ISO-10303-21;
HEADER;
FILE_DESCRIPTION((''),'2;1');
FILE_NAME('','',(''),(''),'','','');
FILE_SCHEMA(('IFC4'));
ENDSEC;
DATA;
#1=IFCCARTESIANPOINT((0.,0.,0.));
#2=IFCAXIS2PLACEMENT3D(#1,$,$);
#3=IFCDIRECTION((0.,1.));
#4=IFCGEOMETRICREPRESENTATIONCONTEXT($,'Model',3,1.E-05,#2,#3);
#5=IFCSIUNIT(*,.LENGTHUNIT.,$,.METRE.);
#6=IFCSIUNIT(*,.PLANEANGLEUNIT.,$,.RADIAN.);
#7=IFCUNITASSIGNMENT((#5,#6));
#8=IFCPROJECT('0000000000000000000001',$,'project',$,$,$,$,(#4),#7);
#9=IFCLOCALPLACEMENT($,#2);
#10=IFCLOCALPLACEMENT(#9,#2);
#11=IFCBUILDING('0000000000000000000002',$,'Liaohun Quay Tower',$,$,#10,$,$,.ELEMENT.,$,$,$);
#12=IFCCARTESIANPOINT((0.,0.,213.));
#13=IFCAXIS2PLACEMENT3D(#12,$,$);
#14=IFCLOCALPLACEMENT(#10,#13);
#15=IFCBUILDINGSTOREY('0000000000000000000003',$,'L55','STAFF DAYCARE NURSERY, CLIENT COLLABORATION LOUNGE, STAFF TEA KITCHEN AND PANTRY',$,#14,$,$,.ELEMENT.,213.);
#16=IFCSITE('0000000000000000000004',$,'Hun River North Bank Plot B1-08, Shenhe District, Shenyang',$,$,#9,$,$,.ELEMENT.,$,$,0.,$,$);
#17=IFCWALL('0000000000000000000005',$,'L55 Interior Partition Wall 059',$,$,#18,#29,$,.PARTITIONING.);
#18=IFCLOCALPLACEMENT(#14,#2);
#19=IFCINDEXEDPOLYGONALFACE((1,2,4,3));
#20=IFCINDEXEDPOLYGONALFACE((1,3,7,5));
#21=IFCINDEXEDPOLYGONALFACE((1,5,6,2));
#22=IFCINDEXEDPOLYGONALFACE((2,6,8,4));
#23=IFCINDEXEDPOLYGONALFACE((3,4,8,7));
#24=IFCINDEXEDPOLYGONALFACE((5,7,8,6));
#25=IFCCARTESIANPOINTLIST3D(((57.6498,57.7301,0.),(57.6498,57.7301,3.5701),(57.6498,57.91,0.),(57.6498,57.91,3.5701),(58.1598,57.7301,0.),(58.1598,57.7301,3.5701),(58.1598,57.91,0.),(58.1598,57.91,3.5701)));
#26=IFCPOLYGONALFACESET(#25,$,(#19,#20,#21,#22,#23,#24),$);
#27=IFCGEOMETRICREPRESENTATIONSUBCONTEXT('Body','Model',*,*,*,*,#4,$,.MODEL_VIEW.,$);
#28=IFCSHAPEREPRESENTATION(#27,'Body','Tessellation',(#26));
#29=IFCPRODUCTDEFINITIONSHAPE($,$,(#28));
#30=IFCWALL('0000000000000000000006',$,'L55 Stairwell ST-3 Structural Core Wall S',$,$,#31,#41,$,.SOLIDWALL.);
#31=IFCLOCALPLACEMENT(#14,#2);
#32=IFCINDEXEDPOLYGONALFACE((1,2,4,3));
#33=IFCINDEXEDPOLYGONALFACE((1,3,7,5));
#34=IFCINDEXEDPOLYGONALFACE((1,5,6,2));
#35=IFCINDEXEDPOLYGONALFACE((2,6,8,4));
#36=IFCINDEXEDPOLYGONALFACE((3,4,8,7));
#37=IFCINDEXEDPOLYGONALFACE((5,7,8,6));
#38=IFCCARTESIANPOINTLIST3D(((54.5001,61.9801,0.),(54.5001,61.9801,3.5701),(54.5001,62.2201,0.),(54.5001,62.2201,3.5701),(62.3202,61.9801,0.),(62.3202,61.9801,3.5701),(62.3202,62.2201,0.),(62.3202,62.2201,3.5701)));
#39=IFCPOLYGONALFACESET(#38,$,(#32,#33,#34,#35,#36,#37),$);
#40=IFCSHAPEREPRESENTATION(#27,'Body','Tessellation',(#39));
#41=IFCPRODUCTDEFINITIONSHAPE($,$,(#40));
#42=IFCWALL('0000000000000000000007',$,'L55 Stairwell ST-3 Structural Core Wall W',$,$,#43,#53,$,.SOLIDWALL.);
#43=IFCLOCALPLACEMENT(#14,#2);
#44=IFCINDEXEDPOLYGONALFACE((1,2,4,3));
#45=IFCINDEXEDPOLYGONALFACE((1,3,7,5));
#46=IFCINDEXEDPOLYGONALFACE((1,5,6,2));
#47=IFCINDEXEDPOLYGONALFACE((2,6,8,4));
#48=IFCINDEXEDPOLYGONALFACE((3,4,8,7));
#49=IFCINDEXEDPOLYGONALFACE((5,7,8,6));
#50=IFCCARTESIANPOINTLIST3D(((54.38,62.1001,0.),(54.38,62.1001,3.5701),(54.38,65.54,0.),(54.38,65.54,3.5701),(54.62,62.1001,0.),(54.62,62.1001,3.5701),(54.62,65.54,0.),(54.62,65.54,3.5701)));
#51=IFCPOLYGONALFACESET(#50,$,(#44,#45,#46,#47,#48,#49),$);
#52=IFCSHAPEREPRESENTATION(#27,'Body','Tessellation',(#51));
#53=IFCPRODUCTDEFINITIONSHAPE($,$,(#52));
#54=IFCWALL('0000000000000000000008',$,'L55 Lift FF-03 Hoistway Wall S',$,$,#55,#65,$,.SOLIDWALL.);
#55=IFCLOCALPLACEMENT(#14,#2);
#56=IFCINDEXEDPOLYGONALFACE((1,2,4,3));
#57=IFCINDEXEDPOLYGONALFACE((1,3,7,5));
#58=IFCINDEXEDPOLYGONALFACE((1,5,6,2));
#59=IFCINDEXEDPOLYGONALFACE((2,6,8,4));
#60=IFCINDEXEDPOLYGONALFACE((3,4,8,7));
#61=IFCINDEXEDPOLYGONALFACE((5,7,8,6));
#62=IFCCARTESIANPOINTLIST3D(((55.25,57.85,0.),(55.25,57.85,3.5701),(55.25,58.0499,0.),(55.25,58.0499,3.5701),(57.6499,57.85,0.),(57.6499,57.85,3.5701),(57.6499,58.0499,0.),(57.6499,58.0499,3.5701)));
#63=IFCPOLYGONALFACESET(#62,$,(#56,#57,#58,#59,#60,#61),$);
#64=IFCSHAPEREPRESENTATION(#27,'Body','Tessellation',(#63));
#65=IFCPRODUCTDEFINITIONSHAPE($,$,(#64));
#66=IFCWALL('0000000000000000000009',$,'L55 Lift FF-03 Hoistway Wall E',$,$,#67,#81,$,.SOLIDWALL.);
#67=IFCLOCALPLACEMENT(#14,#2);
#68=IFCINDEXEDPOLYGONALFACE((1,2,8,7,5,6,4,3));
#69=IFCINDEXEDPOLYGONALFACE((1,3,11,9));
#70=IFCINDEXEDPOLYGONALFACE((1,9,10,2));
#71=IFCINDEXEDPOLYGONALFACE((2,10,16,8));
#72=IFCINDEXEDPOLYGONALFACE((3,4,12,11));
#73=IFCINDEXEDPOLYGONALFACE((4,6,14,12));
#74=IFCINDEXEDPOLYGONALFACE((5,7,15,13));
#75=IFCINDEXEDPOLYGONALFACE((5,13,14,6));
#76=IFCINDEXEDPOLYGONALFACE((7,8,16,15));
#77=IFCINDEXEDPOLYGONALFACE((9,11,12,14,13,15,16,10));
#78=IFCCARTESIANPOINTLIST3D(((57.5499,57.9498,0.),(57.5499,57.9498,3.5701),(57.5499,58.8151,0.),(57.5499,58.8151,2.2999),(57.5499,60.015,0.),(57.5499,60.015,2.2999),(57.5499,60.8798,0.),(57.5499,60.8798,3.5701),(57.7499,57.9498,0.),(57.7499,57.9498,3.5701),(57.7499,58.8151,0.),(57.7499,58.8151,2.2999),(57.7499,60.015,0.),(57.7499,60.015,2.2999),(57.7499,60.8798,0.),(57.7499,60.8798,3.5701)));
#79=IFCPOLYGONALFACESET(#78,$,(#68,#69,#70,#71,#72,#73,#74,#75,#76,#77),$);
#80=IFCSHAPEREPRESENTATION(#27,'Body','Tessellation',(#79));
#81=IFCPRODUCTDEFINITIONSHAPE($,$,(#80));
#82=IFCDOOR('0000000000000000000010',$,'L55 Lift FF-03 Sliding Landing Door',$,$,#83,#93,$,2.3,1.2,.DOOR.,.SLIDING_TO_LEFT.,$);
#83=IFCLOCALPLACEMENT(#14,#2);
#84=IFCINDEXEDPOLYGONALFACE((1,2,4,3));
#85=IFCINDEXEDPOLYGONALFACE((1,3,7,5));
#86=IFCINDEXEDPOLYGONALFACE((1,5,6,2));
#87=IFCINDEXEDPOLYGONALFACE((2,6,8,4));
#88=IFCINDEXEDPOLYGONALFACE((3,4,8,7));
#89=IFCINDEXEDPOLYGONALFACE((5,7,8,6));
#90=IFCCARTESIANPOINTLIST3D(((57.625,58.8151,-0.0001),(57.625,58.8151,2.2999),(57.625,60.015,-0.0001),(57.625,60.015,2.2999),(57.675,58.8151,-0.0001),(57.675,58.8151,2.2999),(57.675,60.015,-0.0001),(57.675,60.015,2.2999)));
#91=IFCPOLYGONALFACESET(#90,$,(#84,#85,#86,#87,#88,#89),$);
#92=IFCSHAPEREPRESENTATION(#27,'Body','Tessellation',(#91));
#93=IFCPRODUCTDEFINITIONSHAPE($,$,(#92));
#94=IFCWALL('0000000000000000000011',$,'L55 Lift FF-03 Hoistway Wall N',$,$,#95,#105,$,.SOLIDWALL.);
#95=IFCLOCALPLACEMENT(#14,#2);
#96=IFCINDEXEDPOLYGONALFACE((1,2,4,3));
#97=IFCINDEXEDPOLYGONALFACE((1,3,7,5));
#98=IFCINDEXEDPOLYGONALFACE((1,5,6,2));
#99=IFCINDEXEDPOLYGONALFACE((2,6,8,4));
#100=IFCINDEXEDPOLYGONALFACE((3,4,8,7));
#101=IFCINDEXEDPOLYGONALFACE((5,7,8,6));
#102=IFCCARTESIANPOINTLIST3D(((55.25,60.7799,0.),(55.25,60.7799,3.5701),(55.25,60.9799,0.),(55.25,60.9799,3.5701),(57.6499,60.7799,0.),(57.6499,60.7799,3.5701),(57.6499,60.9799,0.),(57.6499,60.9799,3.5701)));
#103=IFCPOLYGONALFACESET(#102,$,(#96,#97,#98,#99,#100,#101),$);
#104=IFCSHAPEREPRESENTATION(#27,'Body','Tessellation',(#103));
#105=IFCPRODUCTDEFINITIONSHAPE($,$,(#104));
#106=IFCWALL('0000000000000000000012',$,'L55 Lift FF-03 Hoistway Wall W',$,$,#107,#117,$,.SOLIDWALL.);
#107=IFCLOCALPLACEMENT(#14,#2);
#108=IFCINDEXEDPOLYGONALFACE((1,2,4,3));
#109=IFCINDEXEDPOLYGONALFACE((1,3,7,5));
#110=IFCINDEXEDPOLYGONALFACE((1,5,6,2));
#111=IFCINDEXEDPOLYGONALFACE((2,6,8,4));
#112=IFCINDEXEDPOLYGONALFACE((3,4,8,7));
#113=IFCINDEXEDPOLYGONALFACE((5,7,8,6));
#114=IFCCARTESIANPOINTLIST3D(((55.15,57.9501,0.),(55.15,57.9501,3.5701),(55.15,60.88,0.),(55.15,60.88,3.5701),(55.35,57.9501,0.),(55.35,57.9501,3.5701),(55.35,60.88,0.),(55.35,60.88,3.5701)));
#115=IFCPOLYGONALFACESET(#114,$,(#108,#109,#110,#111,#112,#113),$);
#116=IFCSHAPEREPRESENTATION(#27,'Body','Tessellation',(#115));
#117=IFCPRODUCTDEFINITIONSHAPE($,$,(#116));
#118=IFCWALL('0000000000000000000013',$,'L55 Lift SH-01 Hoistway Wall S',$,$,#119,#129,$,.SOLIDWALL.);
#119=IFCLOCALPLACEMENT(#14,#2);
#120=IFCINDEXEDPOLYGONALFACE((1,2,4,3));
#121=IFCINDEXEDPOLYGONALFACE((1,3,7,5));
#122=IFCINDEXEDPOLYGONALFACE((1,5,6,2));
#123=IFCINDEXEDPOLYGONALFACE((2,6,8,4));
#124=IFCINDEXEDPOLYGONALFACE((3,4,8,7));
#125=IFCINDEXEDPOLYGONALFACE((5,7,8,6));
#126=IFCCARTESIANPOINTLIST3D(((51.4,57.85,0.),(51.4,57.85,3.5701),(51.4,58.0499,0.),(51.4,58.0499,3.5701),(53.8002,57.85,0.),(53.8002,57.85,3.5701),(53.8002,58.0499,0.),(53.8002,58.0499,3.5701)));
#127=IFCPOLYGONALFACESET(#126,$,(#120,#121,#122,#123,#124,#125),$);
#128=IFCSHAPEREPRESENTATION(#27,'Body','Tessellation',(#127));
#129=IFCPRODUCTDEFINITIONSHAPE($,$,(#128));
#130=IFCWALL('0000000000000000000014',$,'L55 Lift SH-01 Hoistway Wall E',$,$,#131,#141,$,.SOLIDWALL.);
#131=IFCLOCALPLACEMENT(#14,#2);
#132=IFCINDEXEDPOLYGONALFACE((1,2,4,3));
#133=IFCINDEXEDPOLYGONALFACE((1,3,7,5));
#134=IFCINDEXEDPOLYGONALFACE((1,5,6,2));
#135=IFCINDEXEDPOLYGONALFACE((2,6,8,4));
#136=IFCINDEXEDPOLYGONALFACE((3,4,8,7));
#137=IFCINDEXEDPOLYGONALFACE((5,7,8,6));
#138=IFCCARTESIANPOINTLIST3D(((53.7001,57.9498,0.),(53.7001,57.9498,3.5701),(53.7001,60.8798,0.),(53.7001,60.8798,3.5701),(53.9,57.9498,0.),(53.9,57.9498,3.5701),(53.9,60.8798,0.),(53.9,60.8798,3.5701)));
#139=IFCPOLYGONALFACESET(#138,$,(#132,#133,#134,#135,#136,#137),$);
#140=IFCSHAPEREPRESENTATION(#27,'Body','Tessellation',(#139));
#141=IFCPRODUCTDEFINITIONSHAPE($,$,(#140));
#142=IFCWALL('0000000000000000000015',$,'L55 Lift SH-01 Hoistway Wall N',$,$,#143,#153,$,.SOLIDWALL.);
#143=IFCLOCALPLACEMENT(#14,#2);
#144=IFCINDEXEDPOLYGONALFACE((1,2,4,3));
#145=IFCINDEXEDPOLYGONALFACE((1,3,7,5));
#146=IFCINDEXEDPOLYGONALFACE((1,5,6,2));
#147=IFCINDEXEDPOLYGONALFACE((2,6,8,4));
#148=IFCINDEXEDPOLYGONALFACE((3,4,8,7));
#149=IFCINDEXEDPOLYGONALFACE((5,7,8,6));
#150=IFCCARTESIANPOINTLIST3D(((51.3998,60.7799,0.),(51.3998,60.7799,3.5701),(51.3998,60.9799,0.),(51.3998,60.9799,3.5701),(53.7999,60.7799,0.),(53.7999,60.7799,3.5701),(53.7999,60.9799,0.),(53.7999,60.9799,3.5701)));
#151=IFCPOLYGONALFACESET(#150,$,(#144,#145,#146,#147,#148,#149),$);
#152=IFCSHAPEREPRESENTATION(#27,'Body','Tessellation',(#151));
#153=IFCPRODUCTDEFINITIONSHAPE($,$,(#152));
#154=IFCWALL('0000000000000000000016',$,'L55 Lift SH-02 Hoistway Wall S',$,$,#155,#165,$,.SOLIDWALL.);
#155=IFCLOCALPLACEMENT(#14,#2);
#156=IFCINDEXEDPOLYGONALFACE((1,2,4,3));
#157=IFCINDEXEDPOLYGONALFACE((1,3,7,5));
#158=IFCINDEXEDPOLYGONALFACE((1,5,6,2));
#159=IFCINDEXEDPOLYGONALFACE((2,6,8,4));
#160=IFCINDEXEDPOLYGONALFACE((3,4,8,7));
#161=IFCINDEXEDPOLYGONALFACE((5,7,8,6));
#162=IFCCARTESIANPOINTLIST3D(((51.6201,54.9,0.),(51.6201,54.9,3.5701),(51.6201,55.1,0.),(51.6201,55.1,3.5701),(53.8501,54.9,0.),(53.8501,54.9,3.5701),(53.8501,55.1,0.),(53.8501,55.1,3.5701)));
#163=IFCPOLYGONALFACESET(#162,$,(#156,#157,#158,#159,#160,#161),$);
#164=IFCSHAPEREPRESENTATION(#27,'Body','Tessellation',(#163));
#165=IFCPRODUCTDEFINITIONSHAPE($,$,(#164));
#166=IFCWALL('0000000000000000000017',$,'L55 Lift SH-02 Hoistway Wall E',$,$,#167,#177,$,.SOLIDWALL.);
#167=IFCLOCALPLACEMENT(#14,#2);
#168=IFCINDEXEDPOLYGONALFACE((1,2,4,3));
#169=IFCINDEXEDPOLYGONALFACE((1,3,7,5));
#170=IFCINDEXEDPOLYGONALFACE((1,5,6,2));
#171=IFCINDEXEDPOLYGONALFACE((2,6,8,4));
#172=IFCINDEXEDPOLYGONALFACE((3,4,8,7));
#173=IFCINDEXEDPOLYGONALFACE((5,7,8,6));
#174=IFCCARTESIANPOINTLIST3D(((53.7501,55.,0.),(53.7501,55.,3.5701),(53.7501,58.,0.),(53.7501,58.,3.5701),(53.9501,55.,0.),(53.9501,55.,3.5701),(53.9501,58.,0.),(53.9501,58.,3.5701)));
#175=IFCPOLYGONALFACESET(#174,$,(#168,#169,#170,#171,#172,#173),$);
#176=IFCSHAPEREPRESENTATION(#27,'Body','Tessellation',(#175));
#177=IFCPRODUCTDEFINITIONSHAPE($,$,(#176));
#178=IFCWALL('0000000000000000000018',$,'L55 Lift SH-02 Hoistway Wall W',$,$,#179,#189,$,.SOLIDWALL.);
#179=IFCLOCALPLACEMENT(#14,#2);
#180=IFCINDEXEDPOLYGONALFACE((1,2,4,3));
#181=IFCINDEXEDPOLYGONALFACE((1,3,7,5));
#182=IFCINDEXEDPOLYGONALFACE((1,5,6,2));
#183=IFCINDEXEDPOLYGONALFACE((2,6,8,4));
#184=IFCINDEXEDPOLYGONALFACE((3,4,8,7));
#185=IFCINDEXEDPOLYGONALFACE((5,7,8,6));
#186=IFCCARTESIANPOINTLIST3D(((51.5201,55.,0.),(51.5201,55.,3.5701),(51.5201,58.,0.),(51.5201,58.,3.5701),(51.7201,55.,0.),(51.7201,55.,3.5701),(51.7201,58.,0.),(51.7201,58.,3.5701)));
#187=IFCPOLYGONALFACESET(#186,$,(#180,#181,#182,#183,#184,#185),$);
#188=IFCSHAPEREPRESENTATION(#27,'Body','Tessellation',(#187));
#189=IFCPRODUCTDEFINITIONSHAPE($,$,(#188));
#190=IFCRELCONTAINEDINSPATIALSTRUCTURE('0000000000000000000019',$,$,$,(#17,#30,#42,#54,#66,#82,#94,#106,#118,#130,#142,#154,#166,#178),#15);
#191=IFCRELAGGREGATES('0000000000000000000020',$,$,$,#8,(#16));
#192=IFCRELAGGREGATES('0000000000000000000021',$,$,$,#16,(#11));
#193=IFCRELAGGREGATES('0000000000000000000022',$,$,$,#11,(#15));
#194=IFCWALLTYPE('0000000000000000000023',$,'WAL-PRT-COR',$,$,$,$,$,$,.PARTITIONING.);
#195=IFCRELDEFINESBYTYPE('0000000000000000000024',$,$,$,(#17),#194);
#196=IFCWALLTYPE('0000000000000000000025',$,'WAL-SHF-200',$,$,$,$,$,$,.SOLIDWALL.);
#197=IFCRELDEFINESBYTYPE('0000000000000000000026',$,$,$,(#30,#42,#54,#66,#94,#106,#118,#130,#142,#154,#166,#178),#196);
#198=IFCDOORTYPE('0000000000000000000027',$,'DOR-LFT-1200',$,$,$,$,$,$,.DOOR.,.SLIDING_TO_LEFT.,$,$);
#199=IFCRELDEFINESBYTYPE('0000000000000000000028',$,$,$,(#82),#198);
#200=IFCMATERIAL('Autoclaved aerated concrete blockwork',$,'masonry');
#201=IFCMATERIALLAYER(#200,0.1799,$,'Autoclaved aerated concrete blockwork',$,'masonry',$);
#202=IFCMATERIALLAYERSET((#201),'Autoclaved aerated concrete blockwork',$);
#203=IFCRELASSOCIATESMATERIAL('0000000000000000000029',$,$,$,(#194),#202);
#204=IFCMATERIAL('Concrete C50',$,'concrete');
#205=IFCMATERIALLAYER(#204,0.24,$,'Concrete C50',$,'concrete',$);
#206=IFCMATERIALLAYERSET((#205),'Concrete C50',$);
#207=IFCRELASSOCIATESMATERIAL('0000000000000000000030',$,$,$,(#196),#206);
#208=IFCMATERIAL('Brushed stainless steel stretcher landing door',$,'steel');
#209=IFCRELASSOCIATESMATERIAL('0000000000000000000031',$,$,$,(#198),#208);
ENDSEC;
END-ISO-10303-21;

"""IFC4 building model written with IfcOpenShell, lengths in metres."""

from ifc_helpers import new_model, si_unit, direction, frame, frame_2d, origin, place, context, subcontext, project, spatial, rectangle, extrude, source, transform, mapped, material, layer, layer_set, type_object, element, fill, save


model = new_model("IFC4")

# Units and contexts
model_context = context("Model", 3, precision=1e-05, world=origin(), true_north=direction((0.0, 1.0)))
body_context = subcontext(model_context, "Body", "Model", "MODEL_VIEW")
ifc_project = project(units=[si_unit("LENGTHUNIT", "METRE"), si_unit("PLANEANGLEUNIT", "RADIAN")], contexts=[model_context])

# Site, building, storey
site_placement = place(None, origin())
site = spatial("IfcSite", under=ifc_project, at=site_placement, Name="Hun River North Bank Plot B1-08, Shenhe District, Shenyang", CompositionType="ELEMENT", RefElevation=0.0)
building_placement = place(site_placement, origin())
building = spatial("IfcBuilding", under=site, at=building_placement, Name="Liaohun Quay Tower", CompositionType="ELEMENT")
storey_placement = place(building_placement, frame((0.0, 0.0, 213.0)))
storey = spatial("IfcBuildingStorey", under=building, at=storey_placement, Name="L55", Description="STAFF DAYCARE NURSERY, CLIENT COLLABORATION LOUNGE, STAFF TEA KITCHEN AND PANTRY", CompositionType="ELEMENT", Elevation=213.0)

# Shared definitions
ifc_material_1 = material(Name="Autoclaved aerated concrete blockwork", Category="masonry")
ifc_layer_1 = layer(ifc_material_1, 0.1799, Name="Autoclaved aerated concrete blockwork", Category="masonry")
ifc_layer_set_1 = layer_set([ifc_layer_1], Name="Autoclaved aerated concrete blockwork")
wall_type_1 = type_object("IfcWallType", Name="WAL-PRT-COR", PredefinedType="PARTITIONING", material=ifc_layer_set_1)

# Walls
wall_1_placement = place(storey_placement, frame((57.6499, 57.8201, 0.0), z_axis=(0.0, 0.0, 1.0), x_axis=(1.0, 0.0, 0.0)))
element("IfcWall", 1, at=wall_1_placement, inside=storey, type_object=wall_type_1, Name="L55 Interior Partition Wall 059", PredefinedType="PARTITIONING", context=body_context, shape_type="SweptSolid", body=[
    extrude(rectangle(XDim=0.51, YDim=0.1799, at=frame_2d((0.2549, 0.0))), origin(), (0.0, 0.0, 1.0), 3.5701),
])
ifc_material_2 = material(Name="Concrete C50", Category="concrete")
ifc_layer_2 = layer(ifc_material_2, 0.24, Name="Concrete C50", Category="concrete")
ifc_layer_set_2 = layer_set([ifc_layer_2], Name="Concrete C50")
wall_type_2 = type_object("IfcWallType", Name="WAL-SHF-200", PredefinedType="SOLIDWALL", material=ifc_layer_set_2)
wall_2_placement = place(storey_placement, frame((54.5, 62.1001, 0.0), z_axis=(0.0, 0.0, 1.0), x_axis=(1.0, 0.0, 0.0)))
element("IfcWall", 2, at=wall_2_placement, inside=storey, type_object=wall_type_2, Name="L55 Stairwell ST-3 Structural Core Wall S", PredefinedType="SOLIDWALL", context=body_context, shape_type="SweptSolid", body=[
    extrude(rectangle(XDim=7.8201, YDim=0.24, at=frame_2d((3.9102, 0.0))), origin(), (0.0, 0.0, 1.0), 3.5701),
])
wall_3_placement = place(storey_placement, frame((54.5, 65.54, 0.0), z_axis=(0.0, 0.0, 1.0), x_axis=(0.0, -1.0, 0.0)))
element("IfcWall", 3, at=wall_3_placement, inside=storey, type_object=wall_type_2, Name="L55 Stairwell ST-3 Structural Core Wall W", PredefinedType="SOLIDWALL", context=body_context, shape_type="SweptSolid", body=[
    extrude(rectangle(XDim=3.4399, YDim=0.24, at=frame_2d((1.72, 0.0))), origin(), (0.0, 0.0, 1.0), 3.5701),
])
wall_4_placement = place(storey_placement, frame((55.25, 57.95, 0.0), z_axis=(0.0, 0.0, 1.0), x_axis=(1.0, 0.0, 0.0)))
element("IfcWall", 4, at=wall_4_placement, inside=storey, type_object=wall_type_2, Name="L55 Lift FF-03 Hoistway Wall S", PredefinedType="SOLIDWALL", context=body_context, shape_type="SweptSolid", body=[
    extrude(rectangle(XDim=2.3999, YDim=0.2, at=frame_2d((1.2, 0.0))), origin(), (0.0, 0.0, 1.0), 3.5701),
])

# Wall, opening, door
wall_5_placement = place(storey_placement, frame((57.6499, 57.95, 0.0), z_axis=(0.0, 0.0, 1.0), x_axis=(0.0, 1.0, 0.0)))
wall_5 = element("IfcWall", 5, at=wall_5_placement, inside=storey, type_object=wall_type_2, Name="L55 Lift FF-03 Hoistway Wall E", PredefinedType="SOLIDWALL", context=body_context, shape_type="SweptSolid", body=[
    extrude(rectangle(XDim=2.9299, YDim=0.2, at=frame_2d((1.4648, 0.0))), origin(), (0.0, 0.0, 1.0), 3.5701),
])
shared_shape_1 = source(origin(), body_context, "Body", "SweptSolid", [
    extrude(rectangle(XDim=1.2, YDim=2.3, at=frame_2d((0.6001, 1.1499))), frame((0.0, 0.1099, 0.0), z_axis=(0.0, -1.0, 0.0), x_axis=(1.0, 0.0, 0.0)), (0.0, 0.0, 1.0), 0.22),
])
opening_1_placement = place(wall_5_placement, frame((0.865, 0.0, 0.0)))
opening_1 = element("IfcOpeningElement", 6, at=opening_1_placement, cuts=wall_5, PredefinedType="OPENING", context=body_context, shape_type="MappedRepresentation", body=[
    mapped(shared_shape_1, transform((0.0, 0.0, 0.0), x_axis=(1.0, 0.0, 0.0), y_axis=(0.0, 1.0, 0.0), z_axis=(0.0, 0.0, 1.0), scale=1.0)),
])
ifc_material_3 = material(Name="Brushed stainless steel stretcher landing door", Category="steel")
door_type_1 = type_object("IfcDoorType", Name="DOR-LFT-1200", OperationType="SLIDING_TO_LEFT", PredefinedType="DOOR", material=ifc_material_3)
shared_shape_2 = source(origin(), body_context, "Body", "SweptSolid", [
    extrude(rectangle(XDim=1.2, YDim=2.3, at=frame_2d((0.6001, 1.1499))), frame((0.0, 0.0249, 0.0), z_axis=(0.0, -1.0, 0.0), x_axis=(1.0, 0.0, 0.0)), (0.0, 0.0, 1.0), 0.05),
])
door_1_placement = place(opening_1_placement, origin())
door_1 = element("IfcDoor", 7, at=door_1_placement, inside=storey, type_object=door_type_1, Name="L55 Lift FF-03 Sliding Landing Door", OperationType="SLIDING_TO_LEFT", OverallHeight=2.3, OverallWidth=1.2, PredefinedType="DOOR", context=body_context, shape_type="MappedRepresentation", body=[
    mapped(shared_shape_2, transform((0.0, 0.0, 0.0), x_axis=(1.0, 0.0, 0.0), y_axis=(0.0, 1.0, 0.0), z_axis=(0.0, 0.0, 1.0), scale=1.0)),
])
fill(opening_1, door_1)

# Walls
wall_6_placement = place(storey_placement, frame((57.6499, 60.8799, 0.0), z_axis=(0.0, 0.0, 1.0), x_axis=(-1.0, 0.0, 0.0)))
element("IfcWall", 8, at=wall_6_placement, inside=storey, type_object=wall_type_2, Name="L55 Lift FF-03 Hoistway Wall N", PredefinedType="SOLIDWALL", context=body_context, shape_type="SweptSolid", body=[
    extrude(rectangle(XDim=2.3999, YDim=0.2, at=frame_2d((1.2, 0.0))), origin(), (0.0, 0.0, 1.0), 3.5701),
])
wall_7_placement = place(storey_placement, frame((55.25, 60.8799, 0.0), z_axis=(0.0, 0.0, 1.0), x_axis=(0.0, -1.0, 0.0)))
element("IfcWall", 9, at=wall_7_placement, inside=storey, type_object=wall_type_2, Name="L55 Lift FF-03 Hoistway Wall W", PredefinedType="SOLIDWALL", context=body_context, shape_type="SweptSolid", body=[
    extrude(rectangle(XDim=2.9299, YDim=0.2, at=frame_2d((1.4648, 0.0))), origin(), (0.0, 0.0, 1.0), 3.5701),
])
wall_8_placement = place(storey_placement, frame((51.3999, 57.95, 0.0), z_axis=(0.0, 0.0, 1.0), x_axis=(1.0, 0.0, 0.0)))
element("IfcWall", 10, at=wall_8_placement, inside=storey, type_object=wall_type_2, Name="L55 Lift SH-01 Hoistway Wall S", PredefinedType="SOLIDWALL", context=body_context, shape_type="SweptSolid", body=[
    extrude(rectangle(XDim=2.4001, YDim=0.2, at=frame_2d((1.2002, 0.0))), origin(), (0.0, 0.0, 1.0), 3.5701),
])
wall_9_placement = place(storey_placement, frame((53.8, 57.95, 0.0), z_axis=(0.0, 0.0, 1.0), x_axis=(0.0, 1.0, 0.0)))
element("IfcWall", 11, at=wall_9_placement, inside=storey, type_object=wall_type_2, Name="L55 Lift SH-01 Hoistway Wall E", PredefinedType="SOLIDWALL", context=body_context, shape_type="SweptSolid", body=[
    extrude(rectangle(XDim=2.9299, YDim=0.2, at=frame_2d((1.4648, 0.0))), origin(), (0.0, 0.0, 1.0), 3.5701),
])
wall_10_placement = place(storey_placement, frame((53.8, 60.8799, 0.0), z_axis=(0.0, 0.0, 1.0), x_axis=(-1.0, 0.0, 0.0)))
element("IfcWall", 12, at=wall_10_placement, inside=storey, type_object=wall_type_2, Name="L55 Lift SH-01 Hoistway Wall N", PredefinedType="SOLIDWALL", context=body_context, shape_type="SweptSolid", body=[
    extrude(rectangle(XDim=2.4001, YDim=0.2, at=frame_2d((1.2002, 0.0))), origin(), (0.0, 0.0, 1.0), 3.5701),
])
wall_11_placement = place(storey_placement, frame((51.6201, 55.0, 0.0), z_axis=(0.0, 0.0, 1.0), x_axis=(1.0, 0.0, 0.0)))
element("IfcWall", 13, at=wall_11_placement, inside=storey, type_object=wall_type_2, Name="L55 Lift SH-02 Hoistway Wall S", PredefinedType="SOLIDWALL", context=body_context, shape_type="SweptSolid", body=[
    extrude(rectangle(XDim=2.23, YDim=0.2, at=frame_2d((1.115, 0.0))), origin(), (0.0, 0.0, 1.0), 3.5701),
])
for number, where, z_axis, x_axis, name in (
    (14, (53.8501, 55.0, 0.0), (0.0, 0.0, 1.0), (0.0, 1.0, 0.0), "L55 Lift SH-02 Hoistway Wall E"),
    (15, (51.6201, 58.0, 0.0), (0.0, 0.0, 1.0), (0.0, -1.0, 0.0), "L55 Lift SH-02 Hoistway Wall W"),
):
    element("IfcWall", number, at=place(storey_placement, frame(where, z_axis=z_axis, x_axis=x_axis)), inside=storey, type_object=wall_type_2, Name=name, PredefinedType="SOLIDWALL", context=body_context, shape_type="SweptSolid", body=[
        extrude(rectangle(XDim=3.0, YDim=0.2, at=frame_2d((1.5, 0.0))), origin(), (0.0, 0.0, 1.0), 3.5701),
    ])

save(model, "model.ifc")
